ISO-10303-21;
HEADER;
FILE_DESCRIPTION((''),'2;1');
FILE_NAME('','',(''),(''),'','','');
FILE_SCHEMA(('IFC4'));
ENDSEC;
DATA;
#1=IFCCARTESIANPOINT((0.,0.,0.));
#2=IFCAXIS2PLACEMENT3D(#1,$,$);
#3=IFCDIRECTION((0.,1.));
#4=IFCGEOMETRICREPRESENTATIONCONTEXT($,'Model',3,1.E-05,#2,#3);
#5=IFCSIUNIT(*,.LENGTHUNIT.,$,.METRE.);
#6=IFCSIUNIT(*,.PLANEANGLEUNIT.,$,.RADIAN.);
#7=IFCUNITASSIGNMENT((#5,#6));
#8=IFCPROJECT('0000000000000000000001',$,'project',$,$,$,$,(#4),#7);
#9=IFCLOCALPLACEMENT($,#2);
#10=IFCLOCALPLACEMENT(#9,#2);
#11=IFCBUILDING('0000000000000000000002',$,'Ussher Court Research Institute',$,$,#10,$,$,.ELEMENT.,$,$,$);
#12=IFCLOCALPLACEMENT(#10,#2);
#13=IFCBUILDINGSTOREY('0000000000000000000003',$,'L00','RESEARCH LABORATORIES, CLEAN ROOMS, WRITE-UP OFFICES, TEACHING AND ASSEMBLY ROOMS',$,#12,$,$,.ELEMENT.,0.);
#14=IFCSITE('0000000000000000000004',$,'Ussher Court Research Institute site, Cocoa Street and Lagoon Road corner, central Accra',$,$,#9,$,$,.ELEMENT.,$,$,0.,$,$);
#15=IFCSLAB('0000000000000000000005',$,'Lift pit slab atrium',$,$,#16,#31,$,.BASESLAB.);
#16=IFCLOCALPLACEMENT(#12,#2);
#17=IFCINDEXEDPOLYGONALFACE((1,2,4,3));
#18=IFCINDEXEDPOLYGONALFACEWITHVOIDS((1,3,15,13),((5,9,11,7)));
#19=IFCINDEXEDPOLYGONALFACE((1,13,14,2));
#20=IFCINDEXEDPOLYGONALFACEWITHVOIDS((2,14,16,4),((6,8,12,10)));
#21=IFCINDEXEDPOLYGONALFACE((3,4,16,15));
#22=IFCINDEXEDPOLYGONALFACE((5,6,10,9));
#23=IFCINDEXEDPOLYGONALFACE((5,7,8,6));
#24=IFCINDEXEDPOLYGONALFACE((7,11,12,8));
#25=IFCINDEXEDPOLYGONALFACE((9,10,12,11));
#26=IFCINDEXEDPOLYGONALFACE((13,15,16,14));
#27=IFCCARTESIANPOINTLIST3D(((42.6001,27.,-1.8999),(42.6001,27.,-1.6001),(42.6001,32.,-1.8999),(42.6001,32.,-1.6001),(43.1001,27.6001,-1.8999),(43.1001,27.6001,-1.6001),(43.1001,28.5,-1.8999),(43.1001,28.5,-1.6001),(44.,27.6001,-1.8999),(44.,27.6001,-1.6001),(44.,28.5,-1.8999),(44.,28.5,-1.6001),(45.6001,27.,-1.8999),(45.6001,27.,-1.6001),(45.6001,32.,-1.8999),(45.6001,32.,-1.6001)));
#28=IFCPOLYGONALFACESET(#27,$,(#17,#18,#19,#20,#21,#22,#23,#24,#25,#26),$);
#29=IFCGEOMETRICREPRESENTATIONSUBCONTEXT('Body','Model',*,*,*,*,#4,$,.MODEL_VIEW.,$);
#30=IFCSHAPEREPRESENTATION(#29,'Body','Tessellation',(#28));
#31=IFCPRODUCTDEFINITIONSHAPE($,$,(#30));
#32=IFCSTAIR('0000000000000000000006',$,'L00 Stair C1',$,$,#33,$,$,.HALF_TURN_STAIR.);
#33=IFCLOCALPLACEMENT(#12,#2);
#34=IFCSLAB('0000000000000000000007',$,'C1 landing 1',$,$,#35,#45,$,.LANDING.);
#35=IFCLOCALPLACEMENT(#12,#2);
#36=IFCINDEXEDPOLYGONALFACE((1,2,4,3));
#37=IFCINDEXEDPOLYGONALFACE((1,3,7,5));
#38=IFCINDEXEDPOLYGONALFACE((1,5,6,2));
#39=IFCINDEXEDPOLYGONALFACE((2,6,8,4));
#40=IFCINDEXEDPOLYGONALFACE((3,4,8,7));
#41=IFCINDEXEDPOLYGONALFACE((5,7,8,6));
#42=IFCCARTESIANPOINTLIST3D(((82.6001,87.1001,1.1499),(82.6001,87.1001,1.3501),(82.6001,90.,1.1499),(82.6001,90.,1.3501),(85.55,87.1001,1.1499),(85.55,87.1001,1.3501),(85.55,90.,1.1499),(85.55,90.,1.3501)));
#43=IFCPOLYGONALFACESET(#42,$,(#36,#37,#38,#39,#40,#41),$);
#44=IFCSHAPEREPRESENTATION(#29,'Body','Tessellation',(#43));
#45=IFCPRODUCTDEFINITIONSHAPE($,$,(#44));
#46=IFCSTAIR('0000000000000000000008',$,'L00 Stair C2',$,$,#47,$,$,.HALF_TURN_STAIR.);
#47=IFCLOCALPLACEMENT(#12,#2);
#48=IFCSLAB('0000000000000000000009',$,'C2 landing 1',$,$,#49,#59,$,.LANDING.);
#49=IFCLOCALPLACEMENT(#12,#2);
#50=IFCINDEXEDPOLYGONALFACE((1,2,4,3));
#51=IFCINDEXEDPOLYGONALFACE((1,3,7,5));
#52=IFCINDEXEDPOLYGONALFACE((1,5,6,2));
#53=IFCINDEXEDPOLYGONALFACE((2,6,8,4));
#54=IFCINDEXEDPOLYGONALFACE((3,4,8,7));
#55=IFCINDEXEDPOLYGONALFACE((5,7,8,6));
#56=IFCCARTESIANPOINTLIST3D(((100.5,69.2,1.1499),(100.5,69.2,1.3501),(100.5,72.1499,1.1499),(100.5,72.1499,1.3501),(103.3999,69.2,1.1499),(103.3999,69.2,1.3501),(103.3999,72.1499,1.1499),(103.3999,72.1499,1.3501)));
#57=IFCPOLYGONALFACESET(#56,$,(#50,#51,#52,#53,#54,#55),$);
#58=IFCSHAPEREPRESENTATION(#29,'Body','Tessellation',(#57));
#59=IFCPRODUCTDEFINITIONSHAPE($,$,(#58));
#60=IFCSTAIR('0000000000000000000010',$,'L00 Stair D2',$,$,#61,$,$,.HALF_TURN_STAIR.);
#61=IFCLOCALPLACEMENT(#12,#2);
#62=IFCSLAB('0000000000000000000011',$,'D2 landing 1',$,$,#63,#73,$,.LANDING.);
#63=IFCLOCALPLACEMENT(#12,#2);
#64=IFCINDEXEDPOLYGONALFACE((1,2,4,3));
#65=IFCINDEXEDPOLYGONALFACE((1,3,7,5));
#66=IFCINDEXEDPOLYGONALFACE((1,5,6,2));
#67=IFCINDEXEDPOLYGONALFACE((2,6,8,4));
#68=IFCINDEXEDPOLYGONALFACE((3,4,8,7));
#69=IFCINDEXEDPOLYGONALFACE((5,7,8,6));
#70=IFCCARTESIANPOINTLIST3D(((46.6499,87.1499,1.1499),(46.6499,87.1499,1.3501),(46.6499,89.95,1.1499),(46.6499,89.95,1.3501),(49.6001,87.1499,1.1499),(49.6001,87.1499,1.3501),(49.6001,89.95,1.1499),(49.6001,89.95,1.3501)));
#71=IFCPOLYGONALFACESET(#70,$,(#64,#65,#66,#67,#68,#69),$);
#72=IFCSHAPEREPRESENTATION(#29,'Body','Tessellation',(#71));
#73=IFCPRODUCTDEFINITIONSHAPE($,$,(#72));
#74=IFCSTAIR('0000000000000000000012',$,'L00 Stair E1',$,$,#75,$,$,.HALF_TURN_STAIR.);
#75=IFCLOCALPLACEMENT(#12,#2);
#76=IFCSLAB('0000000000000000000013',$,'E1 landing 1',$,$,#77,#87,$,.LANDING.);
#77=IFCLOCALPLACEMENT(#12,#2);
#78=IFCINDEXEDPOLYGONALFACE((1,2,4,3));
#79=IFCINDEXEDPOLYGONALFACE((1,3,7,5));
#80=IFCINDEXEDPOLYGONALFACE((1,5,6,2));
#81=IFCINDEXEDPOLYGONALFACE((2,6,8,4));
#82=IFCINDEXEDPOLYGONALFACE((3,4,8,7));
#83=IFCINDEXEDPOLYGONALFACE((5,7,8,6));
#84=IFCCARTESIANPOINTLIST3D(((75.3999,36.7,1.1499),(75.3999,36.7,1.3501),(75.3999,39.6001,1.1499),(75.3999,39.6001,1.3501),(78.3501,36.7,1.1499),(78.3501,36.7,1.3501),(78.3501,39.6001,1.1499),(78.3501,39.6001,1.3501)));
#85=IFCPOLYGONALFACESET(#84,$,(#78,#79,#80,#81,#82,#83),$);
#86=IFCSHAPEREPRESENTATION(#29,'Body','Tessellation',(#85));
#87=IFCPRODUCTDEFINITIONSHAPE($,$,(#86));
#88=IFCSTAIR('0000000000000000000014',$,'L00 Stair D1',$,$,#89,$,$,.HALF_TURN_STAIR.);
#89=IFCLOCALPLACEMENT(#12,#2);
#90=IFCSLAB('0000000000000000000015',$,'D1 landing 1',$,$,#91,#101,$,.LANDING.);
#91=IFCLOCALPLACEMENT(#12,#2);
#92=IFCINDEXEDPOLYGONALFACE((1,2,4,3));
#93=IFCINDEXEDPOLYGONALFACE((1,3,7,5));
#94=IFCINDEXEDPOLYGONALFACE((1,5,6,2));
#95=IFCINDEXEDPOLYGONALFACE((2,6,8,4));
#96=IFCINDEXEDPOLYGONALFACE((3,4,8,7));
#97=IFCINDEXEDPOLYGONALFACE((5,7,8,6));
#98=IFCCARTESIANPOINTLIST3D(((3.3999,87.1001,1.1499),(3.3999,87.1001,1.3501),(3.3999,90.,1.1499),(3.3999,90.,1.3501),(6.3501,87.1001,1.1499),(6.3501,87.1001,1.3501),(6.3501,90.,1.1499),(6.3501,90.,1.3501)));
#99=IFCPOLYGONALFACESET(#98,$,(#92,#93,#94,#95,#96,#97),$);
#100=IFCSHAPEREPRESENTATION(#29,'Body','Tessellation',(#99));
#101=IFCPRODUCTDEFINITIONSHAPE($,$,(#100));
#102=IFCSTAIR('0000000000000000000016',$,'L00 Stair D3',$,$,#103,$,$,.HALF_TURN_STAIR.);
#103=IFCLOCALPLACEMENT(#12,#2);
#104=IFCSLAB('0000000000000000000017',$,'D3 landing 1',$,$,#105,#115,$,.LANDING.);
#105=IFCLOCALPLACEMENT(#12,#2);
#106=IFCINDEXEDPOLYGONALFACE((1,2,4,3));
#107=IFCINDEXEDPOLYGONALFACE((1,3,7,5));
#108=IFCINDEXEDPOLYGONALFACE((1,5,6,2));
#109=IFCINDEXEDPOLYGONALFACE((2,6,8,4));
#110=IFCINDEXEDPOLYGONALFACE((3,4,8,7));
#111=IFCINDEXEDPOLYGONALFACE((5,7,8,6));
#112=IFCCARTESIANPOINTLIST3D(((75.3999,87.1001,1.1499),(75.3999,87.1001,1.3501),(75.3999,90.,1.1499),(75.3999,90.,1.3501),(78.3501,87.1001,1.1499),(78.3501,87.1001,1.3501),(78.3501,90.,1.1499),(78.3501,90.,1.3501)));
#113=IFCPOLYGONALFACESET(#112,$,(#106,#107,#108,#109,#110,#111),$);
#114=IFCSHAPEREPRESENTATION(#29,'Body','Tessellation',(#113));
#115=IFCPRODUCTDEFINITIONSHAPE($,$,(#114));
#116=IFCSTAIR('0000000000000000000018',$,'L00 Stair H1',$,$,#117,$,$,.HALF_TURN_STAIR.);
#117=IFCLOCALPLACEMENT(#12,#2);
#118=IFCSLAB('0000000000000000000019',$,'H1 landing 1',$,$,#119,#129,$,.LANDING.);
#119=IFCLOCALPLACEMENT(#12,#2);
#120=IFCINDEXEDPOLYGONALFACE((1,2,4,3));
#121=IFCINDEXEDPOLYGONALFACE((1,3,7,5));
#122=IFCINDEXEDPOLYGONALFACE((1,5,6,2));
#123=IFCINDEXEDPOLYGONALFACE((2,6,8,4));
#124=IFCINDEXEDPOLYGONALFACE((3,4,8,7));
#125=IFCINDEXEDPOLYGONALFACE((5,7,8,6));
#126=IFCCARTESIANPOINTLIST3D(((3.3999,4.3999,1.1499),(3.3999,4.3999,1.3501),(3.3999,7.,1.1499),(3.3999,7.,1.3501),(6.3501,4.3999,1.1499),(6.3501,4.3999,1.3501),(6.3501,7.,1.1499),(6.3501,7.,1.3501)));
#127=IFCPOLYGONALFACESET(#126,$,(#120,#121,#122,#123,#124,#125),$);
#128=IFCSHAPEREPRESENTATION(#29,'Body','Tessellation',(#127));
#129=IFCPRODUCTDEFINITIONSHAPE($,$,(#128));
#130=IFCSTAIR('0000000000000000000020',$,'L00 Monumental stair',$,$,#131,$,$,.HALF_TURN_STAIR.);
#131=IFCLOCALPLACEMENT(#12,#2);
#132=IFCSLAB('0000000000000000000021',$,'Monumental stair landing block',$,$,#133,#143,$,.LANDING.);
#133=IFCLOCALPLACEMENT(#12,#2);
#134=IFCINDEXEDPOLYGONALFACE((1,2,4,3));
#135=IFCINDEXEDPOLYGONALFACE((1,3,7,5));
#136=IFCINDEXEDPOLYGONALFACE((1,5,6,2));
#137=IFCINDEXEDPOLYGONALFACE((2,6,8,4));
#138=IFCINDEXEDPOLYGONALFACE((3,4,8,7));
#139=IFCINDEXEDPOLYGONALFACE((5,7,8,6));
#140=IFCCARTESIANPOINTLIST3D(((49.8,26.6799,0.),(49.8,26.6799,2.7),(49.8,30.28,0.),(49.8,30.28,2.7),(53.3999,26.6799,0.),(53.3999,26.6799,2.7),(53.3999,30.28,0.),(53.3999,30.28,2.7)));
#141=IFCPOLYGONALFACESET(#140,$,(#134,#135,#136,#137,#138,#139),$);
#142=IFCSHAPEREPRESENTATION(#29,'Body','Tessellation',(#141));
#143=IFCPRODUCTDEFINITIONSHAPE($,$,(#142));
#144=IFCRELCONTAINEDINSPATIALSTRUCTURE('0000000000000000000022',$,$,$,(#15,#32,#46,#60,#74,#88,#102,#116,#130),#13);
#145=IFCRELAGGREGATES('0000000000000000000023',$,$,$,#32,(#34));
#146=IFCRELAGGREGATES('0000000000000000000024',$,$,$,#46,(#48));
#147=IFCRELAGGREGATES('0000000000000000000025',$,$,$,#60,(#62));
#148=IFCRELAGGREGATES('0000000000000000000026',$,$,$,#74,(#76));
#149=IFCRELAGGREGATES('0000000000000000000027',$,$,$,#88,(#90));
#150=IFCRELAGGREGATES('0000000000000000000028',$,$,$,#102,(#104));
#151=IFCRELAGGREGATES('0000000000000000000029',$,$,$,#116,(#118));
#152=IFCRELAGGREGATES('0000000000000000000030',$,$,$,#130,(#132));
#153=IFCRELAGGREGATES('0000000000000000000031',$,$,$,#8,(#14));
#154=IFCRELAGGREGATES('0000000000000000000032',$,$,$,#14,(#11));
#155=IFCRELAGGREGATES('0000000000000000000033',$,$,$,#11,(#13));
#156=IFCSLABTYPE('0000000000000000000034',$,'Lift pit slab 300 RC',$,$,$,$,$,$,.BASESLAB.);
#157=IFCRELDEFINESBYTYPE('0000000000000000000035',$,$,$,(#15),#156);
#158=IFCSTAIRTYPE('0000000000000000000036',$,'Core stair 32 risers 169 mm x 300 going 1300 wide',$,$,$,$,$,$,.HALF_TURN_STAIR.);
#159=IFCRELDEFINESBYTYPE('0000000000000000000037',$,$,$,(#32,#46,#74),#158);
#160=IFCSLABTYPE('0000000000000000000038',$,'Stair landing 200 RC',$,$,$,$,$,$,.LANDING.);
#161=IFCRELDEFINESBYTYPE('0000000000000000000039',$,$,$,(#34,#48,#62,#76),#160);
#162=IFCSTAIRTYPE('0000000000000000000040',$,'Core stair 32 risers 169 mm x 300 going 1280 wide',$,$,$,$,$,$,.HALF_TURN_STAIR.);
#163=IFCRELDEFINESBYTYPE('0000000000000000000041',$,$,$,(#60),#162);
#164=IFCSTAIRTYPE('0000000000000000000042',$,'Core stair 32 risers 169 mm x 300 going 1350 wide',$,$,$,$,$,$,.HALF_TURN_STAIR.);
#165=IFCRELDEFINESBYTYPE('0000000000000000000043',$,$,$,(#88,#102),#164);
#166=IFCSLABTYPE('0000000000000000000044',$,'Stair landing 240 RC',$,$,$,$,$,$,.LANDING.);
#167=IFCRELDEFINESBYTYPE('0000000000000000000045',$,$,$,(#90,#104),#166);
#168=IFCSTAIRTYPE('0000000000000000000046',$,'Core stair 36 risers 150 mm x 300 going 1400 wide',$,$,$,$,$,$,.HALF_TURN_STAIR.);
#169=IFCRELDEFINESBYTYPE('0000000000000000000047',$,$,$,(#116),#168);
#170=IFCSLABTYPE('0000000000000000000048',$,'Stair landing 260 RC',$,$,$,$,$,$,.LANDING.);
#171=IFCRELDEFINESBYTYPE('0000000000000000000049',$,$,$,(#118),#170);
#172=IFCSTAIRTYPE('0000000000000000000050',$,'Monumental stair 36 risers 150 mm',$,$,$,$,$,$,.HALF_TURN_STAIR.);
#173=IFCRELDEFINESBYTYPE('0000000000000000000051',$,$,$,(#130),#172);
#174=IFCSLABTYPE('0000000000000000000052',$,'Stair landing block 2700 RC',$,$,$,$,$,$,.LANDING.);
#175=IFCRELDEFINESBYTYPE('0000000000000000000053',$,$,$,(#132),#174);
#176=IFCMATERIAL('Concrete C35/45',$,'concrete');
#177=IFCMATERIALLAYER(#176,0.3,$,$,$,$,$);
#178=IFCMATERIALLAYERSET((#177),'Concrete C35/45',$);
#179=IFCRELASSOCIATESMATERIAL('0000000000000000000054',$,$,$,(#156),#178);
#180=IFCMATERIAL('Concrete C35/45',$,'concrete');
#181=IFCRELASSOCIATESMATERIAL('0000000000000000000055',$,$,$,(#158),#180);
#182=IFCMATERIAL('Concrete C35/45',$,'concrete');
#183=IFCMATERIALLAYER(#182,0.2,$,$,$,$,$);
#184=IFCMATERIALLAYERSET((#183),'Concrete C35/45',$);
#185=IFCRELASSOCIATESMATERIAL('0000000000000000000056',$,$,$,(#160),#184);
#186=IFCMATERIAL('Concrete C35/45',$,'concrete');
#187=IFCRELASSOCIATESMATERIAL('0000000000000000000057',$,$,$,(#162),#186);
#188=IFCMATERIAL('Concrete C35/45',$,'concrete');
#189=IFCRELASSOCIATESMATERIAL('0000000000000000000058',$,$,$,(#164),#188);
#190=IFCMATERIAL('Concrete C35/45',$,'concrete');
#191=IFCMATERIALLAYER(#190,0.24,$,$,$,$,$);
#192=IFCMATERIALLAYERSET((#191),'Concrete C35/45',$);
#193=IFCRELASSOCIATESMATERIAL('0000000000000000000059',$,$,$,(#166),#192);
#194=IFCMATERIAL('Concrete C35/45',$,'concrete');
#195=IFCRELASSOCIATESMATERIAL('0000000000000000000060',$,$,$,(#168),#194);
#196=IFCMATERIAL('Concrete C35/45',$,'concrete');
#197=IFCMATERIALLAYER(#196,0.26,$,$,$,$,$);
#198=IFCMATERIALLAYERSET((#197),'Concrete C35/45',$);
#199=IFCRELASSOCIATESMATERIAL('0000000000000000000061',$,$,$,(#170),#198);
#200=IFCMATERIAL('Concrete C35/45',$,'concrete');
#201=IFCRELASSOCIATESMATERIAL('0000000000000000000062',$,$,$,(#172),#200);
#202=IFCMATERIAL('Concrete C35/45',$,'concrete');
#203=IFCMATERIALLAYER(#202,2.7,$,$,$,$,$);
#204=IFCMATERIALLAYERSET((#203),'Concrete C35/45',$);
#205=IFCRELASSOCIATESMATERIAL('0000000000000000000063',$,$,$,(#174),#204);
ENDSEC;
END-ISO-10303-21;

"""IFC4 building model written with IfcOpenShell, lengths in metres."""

from ifc_helpers import new_model, si_unit, direction, frame, origin, place, context, subcontext, project, spatial, polyline, outline, extrude, material, layer, layer_set, type_object, element, aggregate, save


model = new_model("IFC4")

# Units and contexts
model_context = context("Model", 3, precision=1e-05, world=origin(), true_north=direction((0.0, 1.0)))
body_context = subcontext(model_context, "Body", "Model", "MODEL_VIEW")
ifc_project = project(units=[si_unit("LENGTHUNIT", "METRE"), si_unit("PLANEANGLEUNIT", "RADIAN")], contexts=[model_context])

# Site, building, storey
site_placement = place(None, origin())
site = spatial("IfcSite", under=ifc_project, at=site_placement, Name="Ussher Court Research Institute site, Cocoa Street and Lagoon Road corner, central Accra", CompositionType="ELEMENT", RefElevation=0.0)
building_placement = place(site_placement, origin())
building = spatial("IfcBuilding", under=site, at=building_placement, Name="Ussher Court Research Institute", CompositionType="ELEMENT")
storey_placement = place(building_placement, origin())
storey = spatial("IfcBuildingStorey", under=building, at=storey_placement, Name="L00", Description="RESEARCH LABORATORIES, CLEAN ROOMS, WRITE-UP OFFICES, TEACHING AND ASSEMBLY ROOMS", CompositionType="ELEMENT", Elevation=0.0)

# Slab
ifc_material_1 = material(Name="Concrete C35/45", Category="concrete")
ifc_layer_1 = layer(ifc_material_1, 0.3)
ifc_layer_set_1 = layer_set([ifc_layer_1], Name="Concrete C35/45")
slab_type_1 = type_object("IfcSlabType", Name="Lift pit slab 300 RC", PredefinedType="BASESLAB", material=ifc_layer_set_1)
slab_1_placement = place(storey_placement, frame((0.0, 0.0, -1.8999)))
element("IfcSlab", 1, at=slab_1_placement, inside=storey, type_object=slab_type_1, Name="Lift pit slab atrium", PredefinedType="BASESLAB", context=body_context, shape_type="SweptSolid", body=[
    extrude(outline(polyline([(42.6001, 27.0), (45.6001, 27.0), (45.6001, 32.0), (42.6001, 32.0), (42.6001, 27.0)]), holes=[polyline([(43.1001, 27.6001), (44.0, 27.6001), (44.0, 28.5), (43.1001, 28.5), (43.1001, 27.6001)])]), origin(), (0.0, 0.0, 1.0), 0.2998),
])

# Stairs, slabs
ifc_material_2 = material(Name="Concrete C35/45", Category="concrete")
stair_type_1 = type_object("IfcStairType", Name="Core stair 32 risers 169 mm x 300 going 1300 wide", PredefinedType="HALF_TURN_STAIR", material=ifc_material_2)
stair_1_placement = place(storey_placement, origin())
stair_1 = element("IfcStair", 2, at=stair_1_placement, inside=storey, type_object=stair_type_1, Name="L00 Stair C1", PredefinedType="HALF_TURN_STAIR")
ifc_material_3 = material(Name="Concrete C35/45", Category="concrete")
ifc_layer_2 = layer(ifc_material_3, 0.2)
ifc_layer_set_2 = layer_set([ifc_layer_2], Name="Concrete C35/45")
slab_type_2 = type_object("IfcSlabType", Name="Stair landing 200 RC", PredefinedType="LANDING", material=ifc_layer_set_2)
slab_2_placement = place(storey_placement, frame((0.0, 0.0, 1.1499)))
slab_2 = element("IfcSlab", 3, at=slab_2_placement, type_object=slab_type_2, Name="C1 landing 1", PredefinedType="LANDING", context=body_context, shape_type="SweptSolid", body=[
    extrude(outline(polyline([(85.55, 87.1001), (85.55, 90.0), (82.6001, 90.0), (82.6001, 87.1001), (85.55, 87.1001)])), origin(), (0.0, 0.0, 1.0), 0.2002),
])
aggregate(stair_1, [slab_2])
stair_2_placement = place(storey_placement, origin())
stair_2 = element("IfcStair", 4, at=stair_2_placement, inside=storey, type_object=stair_type_1, Name="L00 Stair C2", PredefinedType="HALF_TURN_STAIR")
slab_3_placement = place(storey_placement, frame((0.0, 0.0, 1.1499)))
slab_3 = element("IfcSlab", 5, at=slab_3_placement, type_object=slab_type_2, Name="C2 landing 1", PredefinedType="LANDING", context=body_context, shape_type="SweptSolid", body=[
    extrude(outline(polyline([(100.5, 69.2), (103.3999, 69.2), (103.3999, 72.1499), (100.5, 72.1499), (100.5, 69.2)])), origin(), (0.0, 0.0, 1.0), 0.2002),
])
aggregate(stair_2, [slab_3])
ifc_material_4 = material(Name="Concrete C35/45", Category="concrete")
stair_type_2 = type_object("IfcStairType", Name="Core stair 32 risers 169 mm x 300 going 1280 wide", PredefinedType="HALF_TURN_STAIR", material=ifc_material_4)
stair_3_placement = place(storey_placement, origin())
stair_3 = element("IfcStair", 6, at=stair_3_placement, inside=storey, type_object=stair_type_2, Name="L00 Stair D2", PredefinedType="HALF_TURN_STAIR")
slab_4_placement = place(storey_placement, frame((0.0, 0.0, 1.1499)))
slab_4 = element("IfcSlab", 7, at=slab_4_placement, type_object=slab_type_2, Name="D2 landing 1", PredefinedType="LANDING", context=body_context, shape_type="SweptSolid", body=[
    extrude(outline(polyline([(49.6001, 87.1499), (49.6001, 89.95), (46.6499, 89.95), (46.6499, 87.1499), (49.6001, 87.1499)])), origin(), (0.0, 0.0, 1.0), 0.2002),
])
aggregate(stair_3, [slab_4])
stair_4_placement = place(storey_placement, origin())
stair_4 = element("IfcStair", 8, at=stair_4_placement, inside=storey, type_object=stair_type_1, Name="L00 Stair E1", PredefinedType="HALF_TURN_STAIR")
slab_5_placement = place(storey_placement, frame((0.0, 0.0, 1.1499)))
slab_5 = element("IfcSlab", 9, at=slab_5_placement, type_object=slab_type_2, Name="E1 landing 1", PredefinedType="LANDING", context=body_context, shape_type="SweptSolid", body=[
    extrude(outline(polyline([(78.3501, 36.7), (78.3501, 39.6001), (75.3999, 39.6001), (75.3999, 36.7), (78.3501, 36.7)])), origin(), (0.0, 0.0, 1.0), 0.2002),
])
aggregate(stair_4, [slab_5])
ifc_material_5 = material(Name="Concrete C35/45", Category="concrete")
stair_type_3 = type_object("IfcStairType", Name="Core stair 32 risers 169 mm x 300 going 1350 wide", PredefinedType="HALF_TURN_STAIR", material=ifc_material_5)
stair_5_placement = place(storey_placement, origin())
stair_5 = element("IfcStair", 10, at=stair_5_placement, inside=storey, type_object=stair_type_3, Name="L00 Stair D1", PredefinedType="HALF_TURN_STAIR")
ifc_material_6 = material(Name="Concrete C35/45", Category="concrete")
ifc_layer_3 = layer(ifc_material_6, 0.24)
ifc_layer_set_3 = layer_set([ifc_layer_3], Name="Concrete C35/45")
slab_type_3 = type_object("IfcSlabType", Name="Stair landing 240 RC", PredefinedType="LANDING", material=ifc_layer_set_3)
slab_6_placement = place(storey_placement, frame((0.0, 0.0, 1.1499)))
slab_6 = element("IfcSlab", 11, at=slab_6_placement, type_object=slab_type_3, Name="D1 landing 1", PredefinedType="LANDING", context=body_context, shape_type="SweptSolid", body=[
    extrude(outline(polyline([(6.3501, 87.1001), (6.3501, 90.0), (3.3999, 90.0), (3.3999, 87.1001), (6.3501, 87.1001)])), origin(), (0.0, 0.0, 1.0), 0.2002),
])
aggregate(stair_5, [slab_6])
stair_6_placement = place(storey_placement, origin())
stair_6 = element("IfcStair", 12, at=stair_6_placement, inside=storey, type_object=stair_type_3, Name="L00 Stair D3", PredefinedType="HALF_TURN_STAIR")
slab_7_placement = place(storey_placement, frame((0.0, 0.0, 1.1499)))
slab_7 = element("IfcSlab", 13, at=slab_7_placement, type_object=slab_type_3, Name="D3 landing 1", PredefinedType="LANDING", context=body_context, shape_type="SweptSolid", body=[
    extrude(outline(polyline([(78.3501, 87.1001), (78.3501, 90.0), (75.3999, 90.0), (75.3999, 87.1001), (78.3501, 87.1001)])), origin(), (0.0, 0.0, 1.0), 0.2002),
])
aggregate(stair_6, [slab_7])
ifc_material_7 = material(Name="Concrete C35/45", Category="concrete")
stair_type_4 = type_object("IfcStairType", Name="Core stair 36 risers 150 mm x 300 going 1400 wide", PredefinedType="HALF_TURN_STAIR", material=ifc_material_7)
stair_7_placement = place(storey_placement, origin())
stair_7 = element("IfcStair", 14, at=stair_7_placement, inside=storey, type_object=stair_type_4, Name="L00 Stair H1", PredefinedType="HALF_TURN_STAIR")
ifc_material_8 = material(Name="Concrete C35/45", Category="concrete")
ifc_layer_4 = layer(ifc_material_8, 0.26)
ifc_layer_set_4 = layer_set([ifc_layer_4], Name="Concrete C35/45")
slab_type_4 = type_object("IfcSlabType", Name="Stair landing 260 RC", PredefinedType="LANDING", material=ifc_layer_set_4)
slab_8_placement = place(storey_placement, frame((0.0, 0.0, 1.1499)))
slab_8 = element("IfcSlab", 15, at=slab_8_placement, type_object=slab_type_4, Name="H1 landing 1", PredefinedType="LANDING", context=body_context, shape_type="SweptSolid", body=[
    extrude(outline(polyline([(3.3999, 7.0), (3.3999, 4.3999), (6.3501, 4.3999), (6.3501, 7.0), (3.3999, 7.0)])), origin(), (0.0, 0.0, 1.0), 0.2002),
])
aggregate(stair_7, [slab_8])
ifc_material_9 = material(Name="Concrete C35/45", Category="concrete")
stair_type_5 = type_object("IfcStairType", Name="Monumental stair 36 risers 150 mm", PredefinedType="HALF_TURN_STAIR", material=ifc_material_9)
stair_8_placement = place(storey_placement, origin())
stair_8 = element("IfcStair", 16, at=stair_8_placement, inside=storey, type_object=stair_type_5, Name="L00 Monumental stair", PredefinedType="HALF_TURN_STAIR")
ifc_material_10 = material(Name="Concrete C35/45", Category="concrete")
ifc_layer_5 = layer(ifc_material_10, 2.7)
ifc_layer_set_5 = layer_set([ifc_layer_5], Name="Concrete C35/45")
slab_type_5 = type_object("IfcSlabType", Name="Stair landing block 2700 RC", PredefinedType="LANDING", material=ifc_layer_set_5)
slab_9_placement = place(storey_placement, origin())
slab_9 = element("IfcSlab", 17, at=slab_9_placement, type_object=slab_type_5, Name="Monumental stair landing block", PredefinedType="LANDING", context=body_context, shape_type="SweptSolid", body=[
    extrude(outline(polyline([(49.8, 26.6799), (53.3999, 26.6799), (53.3999, 30.28), (49.8, 30.28), (49.8, 26.6799)])), origin(), (0.0, 0.0, 1.0), 2.7),
])
aggregate(stair_8, [slab_9])

save(model, "model.ifc")
